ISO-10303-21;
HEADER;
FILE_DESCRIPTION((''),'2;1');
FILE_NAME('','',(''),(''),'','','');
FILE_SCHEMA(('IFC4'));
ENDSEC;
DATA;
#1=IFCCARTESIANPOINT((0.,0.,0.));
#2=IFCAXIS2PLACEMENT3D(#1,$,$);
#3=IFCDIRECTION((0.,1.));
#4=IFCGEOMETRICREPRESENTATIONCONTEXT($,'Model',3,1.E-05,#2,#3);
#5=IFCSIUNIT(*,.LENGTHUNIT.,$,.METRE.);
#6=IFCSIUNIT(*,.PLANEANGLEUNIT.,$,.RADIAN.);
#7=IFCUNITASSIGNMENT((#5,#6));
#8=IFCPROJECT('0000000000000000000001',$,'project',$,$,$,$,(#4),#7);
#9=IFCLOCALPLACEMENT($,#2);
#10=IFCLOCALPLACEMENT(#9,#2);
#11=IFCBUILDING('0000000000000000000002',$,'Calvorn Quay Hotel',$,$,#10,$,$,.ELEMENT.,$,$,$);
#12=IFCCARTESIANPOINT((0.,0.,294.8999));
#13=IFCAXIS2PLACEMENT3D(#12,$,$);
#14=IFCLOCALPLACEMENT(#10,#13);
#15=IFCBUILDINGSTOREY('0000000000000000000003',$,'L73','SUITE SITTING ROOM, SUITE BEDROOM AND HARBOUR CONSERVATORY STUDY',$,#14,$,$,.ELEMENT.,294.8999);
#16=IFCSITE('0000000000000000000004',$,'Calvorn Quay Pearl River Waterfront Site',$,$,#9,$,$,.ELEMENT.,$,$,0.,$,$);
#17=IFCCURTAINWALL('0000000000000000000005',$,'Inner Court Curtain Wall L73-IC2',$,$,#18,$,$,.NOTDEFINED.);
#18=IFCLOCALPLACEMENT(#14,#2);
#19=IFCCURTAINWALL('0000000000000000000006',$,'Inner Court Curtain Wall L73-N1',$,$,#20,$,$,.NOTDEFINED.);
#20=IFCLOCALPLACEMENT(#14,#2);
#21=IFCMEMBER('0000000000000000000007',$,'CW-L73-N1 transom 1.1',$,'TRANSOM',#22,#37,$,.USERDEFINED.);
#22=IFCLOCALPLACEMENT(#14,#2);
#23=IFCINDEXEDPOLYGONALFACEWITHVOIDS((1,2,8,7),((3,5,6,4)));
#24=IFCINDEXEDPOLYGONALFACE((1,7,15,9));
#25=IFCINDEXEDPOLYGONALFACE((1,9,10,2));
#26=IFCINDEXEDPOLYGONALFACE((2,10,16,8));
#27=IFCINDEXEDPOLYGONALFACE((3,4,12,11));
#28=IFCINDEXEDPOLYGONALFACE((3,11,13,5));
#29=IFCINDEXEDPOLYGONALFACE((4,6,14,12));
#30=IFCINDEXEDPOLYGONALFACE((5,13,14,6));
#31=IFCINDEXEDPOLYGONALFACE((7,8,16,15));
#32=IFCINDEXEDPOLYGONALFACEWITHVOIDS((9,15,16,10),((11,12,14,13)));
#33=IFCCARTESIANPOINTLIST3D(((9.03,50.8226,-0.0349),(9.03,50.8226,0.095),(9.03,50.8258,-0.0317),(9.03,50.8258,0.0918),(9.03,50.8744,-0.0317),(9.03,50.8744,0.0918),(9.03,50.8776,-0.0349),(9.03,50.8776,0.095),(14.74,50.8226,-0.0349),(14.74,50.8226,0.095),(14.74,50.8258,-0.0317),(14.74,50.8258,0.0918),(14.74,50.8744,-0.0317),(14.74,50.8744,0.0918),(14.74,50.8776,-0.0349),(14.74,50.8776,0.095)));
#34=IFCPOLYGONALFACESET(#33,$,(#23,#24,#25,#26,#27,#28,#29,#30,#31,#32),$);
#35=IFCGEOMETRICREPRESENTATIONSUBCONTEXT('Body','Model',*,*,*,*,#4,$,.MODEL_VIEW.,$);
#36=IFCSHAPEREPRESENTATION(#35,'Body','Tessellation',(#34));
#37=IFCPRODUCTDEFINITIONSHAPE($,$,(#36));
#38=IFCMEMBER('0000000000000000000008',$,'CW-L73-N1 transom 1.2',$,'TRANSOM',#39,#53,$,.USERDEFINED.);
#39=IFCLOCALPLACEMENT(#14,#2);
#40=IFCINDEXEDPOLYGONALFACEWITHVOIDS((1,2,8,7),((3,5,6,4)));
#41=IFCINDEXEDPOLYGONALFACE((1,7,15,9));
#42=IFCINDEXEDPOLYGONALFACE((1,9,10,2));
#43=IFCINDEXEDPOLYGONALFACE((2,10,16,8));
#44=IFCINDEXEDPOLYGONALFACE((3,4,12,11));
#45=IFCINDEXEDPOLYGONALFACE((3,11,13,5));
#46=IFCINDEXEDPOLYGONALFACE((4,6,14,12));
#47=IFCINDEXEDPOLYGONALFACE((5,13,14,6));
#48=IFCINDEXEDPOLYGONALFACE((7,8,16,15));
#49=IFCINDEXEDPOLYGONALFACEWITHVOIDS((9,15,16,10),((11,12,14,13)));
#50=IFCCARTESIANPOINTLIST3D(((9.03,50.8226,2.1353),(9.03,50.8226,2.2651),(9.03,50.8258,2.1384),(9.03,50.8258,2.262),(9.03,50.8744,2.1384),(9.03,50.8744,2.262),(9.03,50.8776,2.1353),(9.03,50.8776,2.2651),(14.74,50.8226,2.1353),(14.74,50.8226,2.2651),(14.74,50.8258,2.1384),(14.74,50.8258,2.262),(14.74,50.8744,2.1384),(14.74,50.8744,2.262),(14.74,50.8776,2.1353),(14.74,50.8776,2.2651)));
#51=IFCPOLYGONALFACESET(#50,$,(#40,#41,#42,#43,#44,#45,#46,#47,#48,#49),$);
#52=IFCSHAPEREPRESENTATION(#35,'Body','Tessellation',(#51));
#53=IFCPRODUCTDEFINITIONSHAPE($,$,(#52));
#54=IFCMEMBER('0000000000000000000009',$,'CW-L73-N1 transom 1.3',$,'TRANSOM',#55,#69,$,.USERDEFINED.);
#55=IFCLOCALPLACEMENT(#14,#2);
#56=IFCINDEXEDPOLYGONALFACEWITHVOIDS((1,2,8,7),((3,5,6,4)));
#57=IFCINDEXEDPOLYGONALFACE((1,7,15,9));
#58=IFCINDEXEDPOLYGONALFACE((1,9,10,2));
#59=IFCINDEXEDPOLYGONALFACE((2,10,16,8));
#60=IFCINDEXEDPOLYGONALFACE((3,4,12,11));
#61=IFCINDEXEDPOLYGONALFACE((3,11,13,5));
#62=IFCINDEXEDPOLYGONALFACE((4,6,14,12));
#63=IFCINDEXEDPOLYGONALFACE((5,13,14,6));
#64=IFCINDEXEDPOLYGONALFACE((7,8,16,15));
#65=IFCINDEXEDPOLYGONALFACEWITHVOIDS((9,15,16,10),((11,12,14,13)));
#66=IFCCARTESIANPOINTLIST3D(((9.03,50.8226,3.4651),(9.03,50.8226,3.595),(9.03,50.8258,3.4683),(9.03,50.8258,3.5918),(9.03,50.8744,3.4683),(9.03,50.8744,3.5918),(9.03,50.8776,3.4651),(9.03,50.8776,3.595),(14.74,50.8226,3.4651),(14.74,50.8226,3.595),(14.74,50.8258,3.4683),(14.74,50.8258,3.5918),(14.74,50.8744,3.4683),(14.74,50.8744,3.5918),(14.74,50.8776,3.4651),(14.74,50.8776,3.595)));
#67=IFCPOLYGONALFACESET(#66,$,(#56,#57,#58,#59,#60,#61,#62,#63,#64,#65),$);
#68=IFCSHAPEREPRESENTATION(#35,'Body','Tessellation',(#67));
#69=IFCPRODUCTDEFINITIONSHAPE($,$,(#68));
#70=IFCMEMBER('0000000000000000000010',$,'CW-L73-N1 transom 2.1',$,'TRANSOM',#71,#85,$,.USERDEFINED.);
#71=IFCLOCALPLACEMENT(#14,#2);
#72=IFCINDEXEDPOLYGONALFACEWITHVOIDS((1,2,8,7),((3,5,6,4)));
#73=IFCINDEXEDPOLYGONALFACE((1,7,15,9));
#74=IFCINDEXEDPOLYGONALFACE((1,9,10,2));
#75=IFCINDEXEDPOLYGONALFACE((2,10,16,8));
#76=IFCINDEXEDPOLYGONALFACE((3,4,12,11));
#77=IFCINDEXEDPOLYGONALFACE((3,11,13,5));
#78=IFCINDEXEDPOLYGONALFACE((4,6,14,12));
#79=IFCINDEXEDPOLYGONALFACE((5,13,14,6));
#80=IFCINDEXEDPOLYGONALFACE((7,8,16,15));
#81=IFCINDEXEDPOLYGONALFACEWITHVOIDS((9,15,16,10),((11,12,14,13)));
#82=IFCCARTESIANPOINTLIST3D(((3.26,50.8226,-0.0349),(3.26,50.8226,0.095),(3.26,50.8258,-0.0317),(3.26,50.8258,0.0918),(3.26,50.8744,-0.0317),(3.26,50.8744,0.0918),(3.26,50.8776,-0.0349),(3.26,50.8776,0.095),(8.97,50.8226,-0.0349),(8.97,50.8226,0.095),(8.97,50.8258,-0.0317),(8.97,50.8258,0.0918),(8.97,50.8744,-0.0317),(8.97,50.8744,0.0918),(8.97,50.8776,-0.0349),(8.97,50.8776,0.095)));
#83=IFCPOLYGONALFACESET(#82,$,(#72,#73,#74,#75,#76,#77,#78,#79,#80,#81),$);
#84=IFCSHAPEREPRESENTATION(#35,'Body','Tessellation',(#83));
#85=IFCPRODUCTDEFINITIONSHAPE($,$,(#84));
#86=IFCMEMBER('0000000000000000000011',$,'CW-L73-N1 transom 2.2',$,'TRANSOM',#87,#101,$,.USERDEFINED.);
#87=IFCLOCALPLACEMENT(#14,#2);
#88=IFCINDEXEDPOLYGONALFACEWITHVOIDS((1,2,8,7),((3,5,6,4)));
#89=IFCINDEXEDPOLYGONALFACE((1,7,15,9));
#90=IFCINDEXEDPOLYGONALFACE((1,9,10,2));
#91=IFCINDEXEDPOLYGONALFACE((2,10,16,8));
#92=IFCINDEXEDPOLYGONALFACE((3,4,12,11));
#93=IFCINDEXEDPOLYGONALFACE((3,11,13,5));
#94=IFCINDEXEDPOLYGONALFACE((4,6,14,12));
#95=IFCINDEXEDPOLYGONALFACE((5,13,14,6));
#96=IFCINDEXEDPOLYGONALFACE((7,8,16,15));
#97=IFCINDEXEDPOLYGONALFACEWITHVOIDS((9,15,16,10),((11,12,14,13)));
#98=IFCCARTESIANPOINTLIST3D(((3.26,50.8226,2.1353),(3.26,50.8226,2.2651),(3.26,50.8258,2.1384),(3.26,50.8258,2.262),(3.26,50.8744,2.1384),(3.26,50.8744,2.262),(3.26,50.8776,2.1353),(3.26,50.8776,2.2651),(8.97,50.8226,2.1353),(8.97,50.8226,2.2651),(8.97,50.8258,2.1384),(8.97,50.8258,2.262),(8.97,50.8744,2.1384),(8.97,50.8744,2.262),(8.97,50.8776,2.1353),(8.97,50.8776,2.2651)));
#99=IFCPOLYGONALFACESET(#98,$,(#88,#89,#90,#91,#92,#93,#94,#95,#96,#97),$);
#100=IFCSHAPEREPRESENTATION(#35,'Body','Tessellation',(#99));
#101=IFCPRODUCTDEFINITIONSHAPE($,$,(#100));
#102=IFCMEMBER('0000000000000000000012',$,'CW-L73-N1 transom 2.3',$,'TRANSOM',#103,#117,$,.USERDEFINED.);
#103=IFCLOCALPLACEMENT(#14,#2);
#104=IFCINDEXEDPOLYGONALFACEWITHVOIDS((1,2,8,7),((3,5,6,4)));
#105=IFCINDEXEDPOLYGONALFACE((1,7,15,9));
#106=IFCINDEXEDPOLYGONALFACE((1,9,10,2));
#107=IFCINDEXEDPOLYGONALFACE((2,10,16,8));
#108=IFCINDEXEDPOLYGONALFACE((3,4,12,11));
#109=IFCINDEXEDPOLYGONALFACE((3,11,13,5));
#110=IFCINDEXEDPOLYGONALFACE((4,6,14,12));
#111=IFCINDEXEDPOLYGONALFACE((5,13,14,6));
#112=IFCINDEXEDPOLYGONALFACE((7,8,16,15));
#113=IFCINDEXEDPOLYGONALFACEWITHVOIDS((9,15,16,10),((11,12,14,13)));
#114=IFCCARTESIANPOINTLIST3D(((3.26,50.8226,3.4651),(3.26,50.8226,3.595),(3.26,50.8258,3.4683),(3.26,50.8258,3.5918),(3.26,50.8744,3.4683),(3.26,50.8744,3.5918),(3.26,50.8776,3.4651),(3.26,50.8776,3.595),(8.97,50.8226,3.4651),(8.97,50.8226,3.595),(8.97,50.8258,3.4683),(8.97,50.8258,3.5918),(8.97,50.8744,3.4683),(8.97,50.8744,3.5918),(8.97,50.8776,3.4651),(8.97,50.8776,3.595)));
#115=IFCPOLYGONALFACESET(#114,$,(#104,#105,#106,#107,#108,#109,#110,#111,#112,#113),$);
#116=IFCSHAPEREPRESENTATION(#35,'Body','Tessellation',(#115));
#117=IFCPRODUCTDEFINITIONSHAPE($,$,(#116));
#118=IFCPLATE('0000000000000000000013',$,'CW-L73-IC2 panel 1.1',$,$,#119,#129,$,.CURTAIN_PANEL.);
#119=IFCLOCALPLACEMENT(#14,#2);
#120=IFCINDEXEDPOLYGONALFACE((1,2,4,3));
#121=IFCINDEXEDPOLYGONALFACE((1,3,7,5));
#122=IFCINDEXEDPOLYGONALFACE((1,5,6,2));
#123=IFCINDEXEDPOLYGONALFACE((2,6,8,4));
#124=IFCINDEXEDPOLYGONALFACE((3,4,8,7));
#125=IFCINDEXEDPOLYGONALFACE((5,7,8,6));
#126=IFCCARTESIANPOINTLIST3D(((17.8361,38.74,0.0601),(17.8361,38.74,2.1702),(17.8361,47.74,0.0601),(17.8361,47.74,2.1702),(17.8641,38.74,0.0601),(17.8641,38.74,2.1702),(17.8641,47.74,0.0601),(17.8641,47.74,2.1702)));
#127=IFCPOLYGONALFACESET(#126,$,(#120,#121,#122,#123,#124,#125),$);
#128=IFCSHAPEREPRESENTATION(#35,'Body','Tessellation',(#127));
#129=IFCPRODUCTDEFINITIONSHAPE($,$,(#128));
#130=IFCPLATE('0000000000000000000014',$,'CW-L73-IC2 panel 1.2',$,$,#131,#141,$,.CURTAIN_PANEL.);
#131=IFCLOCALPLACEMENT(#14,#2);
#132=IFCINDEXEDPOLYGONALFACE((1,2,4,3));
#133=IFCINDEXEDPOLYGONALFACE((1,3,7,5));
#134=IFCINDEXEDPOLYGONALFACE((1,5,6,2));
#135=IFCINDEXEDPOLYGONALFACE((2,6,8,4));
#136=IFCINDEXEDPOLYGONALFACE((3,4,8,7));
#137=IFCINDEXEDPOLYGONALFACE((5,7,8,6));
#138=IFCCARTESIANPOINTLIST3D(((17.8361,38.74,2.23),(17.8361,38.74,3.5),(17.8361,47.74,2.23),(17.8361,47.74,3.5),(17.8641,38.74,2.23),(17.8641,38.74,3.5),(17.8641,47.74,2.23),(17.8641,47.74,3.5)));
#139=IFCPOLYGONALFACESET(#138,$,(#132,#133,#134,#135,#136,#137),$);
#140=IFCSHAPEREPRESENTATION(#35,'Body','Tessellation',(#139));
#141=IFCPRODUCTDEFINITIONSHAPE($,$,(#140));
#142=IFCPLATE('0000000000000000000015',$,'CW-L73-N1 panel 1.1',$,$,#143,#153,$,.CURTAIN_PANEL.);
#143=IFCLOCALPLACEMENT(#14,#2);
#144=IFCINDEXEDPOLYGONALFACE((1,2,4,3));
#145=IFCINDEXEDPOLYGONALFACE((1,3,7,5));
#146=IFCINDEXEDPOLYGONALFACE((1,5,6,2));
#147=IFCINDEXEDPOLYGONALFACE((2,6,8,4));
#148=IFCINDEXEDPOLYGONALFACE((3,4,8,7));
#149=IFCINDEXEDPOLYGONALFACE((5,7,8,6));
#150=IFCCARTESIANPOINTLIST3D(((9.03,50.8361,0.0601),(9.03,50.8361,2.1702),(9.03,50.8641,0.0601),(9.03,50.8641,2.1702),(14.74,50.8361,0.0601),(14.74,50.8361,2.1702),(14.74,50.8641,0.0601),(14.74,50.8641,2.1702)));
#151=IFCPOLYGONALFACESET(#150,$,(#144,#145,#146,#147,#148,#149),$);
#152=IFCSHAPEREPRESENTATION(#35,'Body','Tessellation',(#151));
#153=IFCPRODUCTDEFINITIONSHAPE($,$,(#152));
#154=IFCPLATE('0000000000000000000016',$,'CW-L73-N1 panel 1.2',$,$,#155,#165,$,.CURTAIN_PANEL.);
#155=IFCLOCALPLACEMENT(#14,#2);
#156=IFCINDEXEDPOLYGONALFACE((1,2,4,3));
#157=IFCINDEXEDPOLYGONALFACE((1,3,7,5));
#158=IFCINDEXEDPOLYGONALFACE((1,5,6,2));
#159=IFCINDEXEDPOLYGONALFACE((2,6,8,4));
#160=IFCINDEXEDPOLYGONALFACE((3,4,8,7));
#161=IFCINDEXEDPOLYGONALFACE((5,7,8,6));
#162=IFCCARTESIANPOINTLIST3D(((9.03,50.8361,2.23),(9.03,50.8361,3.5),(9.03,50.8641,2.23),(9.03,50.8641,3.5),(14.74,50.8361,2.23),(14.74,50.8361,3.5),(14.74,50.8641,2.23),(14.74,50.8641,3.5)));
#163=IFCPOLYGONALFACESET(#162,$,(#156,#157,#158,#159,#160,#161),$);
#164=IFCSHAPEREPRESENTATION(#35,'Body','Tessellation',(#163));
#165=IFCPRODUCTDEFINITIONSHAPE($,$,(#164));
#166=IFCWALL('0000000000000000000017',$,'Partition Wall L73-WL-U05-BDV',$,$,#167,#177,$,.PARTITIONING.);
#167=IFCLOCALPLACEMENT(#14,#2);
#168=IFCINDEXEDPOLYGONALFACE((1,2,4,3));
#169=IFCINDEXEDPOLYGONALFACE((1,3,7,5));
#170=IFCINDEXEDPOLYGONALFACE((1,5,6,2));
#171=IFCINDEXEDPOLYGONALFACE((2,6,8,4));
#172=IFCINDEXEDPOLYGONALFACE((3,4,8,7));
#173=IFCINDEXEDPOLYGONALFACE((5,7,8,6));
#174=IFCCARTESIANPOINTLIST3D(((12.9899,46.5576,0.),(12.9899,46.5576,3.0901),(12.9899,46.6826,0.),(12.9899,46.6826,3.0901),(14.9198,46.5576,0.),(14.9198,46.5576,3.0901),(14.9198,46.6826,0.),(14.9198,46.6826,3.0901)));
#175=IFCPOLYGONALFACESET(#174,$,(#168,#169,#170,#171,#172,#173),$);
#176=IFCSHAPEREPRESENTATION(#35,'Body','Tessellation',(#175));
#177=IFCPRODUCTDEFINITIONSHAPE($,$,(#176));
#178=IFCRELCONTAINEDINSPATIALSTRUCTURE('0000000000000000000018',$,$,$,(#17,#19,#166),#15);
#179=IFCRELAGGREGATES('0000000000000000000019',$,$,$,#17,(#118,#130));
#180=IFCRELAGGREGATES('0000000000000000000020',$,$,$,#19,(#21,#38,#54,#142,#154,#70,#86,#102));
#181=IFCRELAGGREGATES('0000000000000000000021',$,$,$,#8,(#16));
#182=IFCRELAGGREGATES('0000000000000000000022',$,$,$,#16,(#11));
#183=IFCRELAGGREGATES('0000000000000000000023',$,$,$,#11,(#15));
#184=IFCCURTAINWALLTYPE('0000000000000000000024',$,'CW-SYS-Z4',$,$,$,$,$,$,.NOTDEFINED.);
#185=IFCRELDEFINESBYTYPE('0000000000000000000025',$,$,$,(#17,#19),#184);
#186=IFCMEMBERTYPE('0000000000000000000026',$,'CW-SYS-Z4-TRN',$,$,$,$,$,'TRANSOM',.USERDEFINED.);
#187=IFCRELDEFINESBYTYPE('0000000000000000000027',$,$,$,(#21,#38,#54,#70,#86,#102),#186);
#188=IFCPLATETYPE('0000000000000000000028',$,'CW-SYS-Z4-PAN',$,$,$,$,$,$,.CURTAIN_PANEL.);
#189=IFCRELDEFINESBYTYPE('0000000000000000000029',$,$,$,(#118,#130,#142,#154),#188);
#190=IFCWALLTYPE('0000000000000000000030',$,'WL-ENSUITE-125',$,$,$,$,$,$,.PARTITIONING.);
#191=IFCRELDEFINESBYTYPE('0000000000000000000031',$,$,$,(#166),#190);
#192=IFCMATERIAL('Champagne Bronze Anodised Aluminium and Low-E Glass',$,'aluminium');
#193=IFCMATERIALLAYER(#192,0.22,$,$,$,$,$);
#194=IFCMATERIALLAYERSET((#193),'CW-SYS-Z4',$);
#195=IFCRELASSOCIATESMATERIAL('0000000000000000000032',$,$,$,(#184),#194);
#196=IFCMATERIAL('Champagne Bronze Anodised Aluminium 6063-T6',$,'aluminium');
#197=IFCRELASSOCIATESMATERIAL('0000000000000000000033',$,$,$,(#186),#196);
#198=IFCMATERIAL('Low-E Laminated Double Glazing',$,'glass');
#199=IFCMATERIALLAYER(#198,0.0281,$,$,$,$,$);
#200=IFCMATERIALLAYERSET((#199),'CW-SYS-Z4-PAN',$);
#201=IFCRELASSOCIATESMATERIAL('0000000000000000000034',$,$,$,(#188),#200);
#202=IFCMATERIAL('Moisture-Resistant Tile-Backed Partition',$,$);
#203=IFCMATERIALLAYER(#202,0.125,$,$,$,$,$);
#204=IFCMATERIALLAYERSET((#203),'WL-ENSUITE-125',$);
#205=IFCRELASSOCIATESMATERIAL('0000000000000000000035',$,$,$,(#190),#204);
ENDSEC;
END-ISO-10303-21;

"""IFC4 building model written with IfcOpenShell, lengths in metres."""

from ifc_helpers import new_model, si_unit, direction, frame, frame_2d, origin, origin_2d, place, context, subcontext, project, spatial, rectangle, hollow_rectangle, extrude, material, layer, layer_set, material_profile, profile_set, type_object, element, aggregate, save


model = new_model("IFC4")

# Units and contexts
model_context = context("Model", 3, precision=1e-05, world=origin(), true_north=direction((0.0, 1.0)))
body_context = subcontext(model_context, "Body", "Model", "MODEL_VIEW")
ifc_project = project(units=[si_unit("LENGTHUNIT", "METRE"), si_unit("PLANEANGLEUNIT", "RADIAN")], contexts=[model_context])

# Site, building, storey
site_placement = place(None, origin())
site = spatial("IfcSite", under=ifc_project, at=site_placement, Name="Calvorn Quay Pearl River Waterfront Site", CompositionType="ELEMENT", RefElevation=0.0)
building_placement = place(site_placement, origin())
building = spatial("IfcBuilding", under=site, at=building_placement, Name="Calvorn Quay Hotel", CompositionType="ELEMENT")
storey_placement = place(building_placement, frame((0.0, 0.0, 294.8999)))
storey = spatial("IfcBuildingStorey", under=building, at=storey_placement, Name="L73", Description="SUITE SITTING ROOM, SUITE BEDROOM AND HARBOUR CONSERVATORY STUDY", CompositionType="ELEMENT", Elevation=294.8999)

# Shared definitions
ifc_material_1 = material(Name="Champagne Bronze Anodised Aluminium and Low-E Glass", Category="aluminium")
ifc_layer_1 = layer(ifc_material_1, 0.22)
ifc_layer_set_1 = layer_set([ifc_layer_1], Name="CW-SYS-Z4")
curtain_wall_type = type_object("IfcCurtainWallType", Name="CW-SYS-Z4", PredefinedType="NOTDEFINED", material=ifc_layer_set_1)

# Curtain walls
curtain_wall_1_placement = place(storey_placement, origin())
curtain_wall_1 = element("IfcCurtainWall", 1, at=curtain_wall_1_placement, inside=storey, type_object=curtain_wall_type, Name="Inner Court Curtain Wall L73-IC2", PredefinedType="NOTDEFINED")
curtain_wall_2_placement = place(storey_placement, origin())
curtain_wall_2 = element("IfcCurtainWall", 2, at=curtain_wall_2_placement, inside=storey, type_object=curtain_wall_type, Name="Inner Court Curtain Wall L73-N1", PredefinedType="NOTDEFINED")

# Members
ifc_material_2 = material(Name="Champagne Bronze Anodised Aluminium 6063-T6", Category="aluminium")
ifc_material_profile_1 = material_profile(ifc_material_2, hollow_rectangle(XDim=0.0549, YDim=0.1299, WallThickness=0.0032, at=origin_2d()), Name="ALU-T130x55x3.2")
ifc_profile_set_1 = profile_set([ifc_material_profile_1], Name="Champagne Bronze Anodised Aluminium 6063-T6")
member_type_1 = type_object("IfcMemberType", Name="CW-SYS-Z4-TRN", ElementType="TRANSOM", PredefinedType="USERDEFINED", material=ifc_profile_set_1)
member_1_placement = place(storey_placement, frame((14.74, 50.8501, 0.03), z_axis=(-1.0, 0.0, 0.0), x_axis=(0.0, -1.0, 0.0)))
member_1 = element("IfcMember", 3, at=member_1_placement, type_object=member_type_1, Name="CW-L73-N1 transom 1.1", ObjectType="TRANSOM", PredefinedType="USERDEFINED", context=body_context, shape_type="SweptSolid", body=[
    extrude(hollow_rectangle(XDim=0.0549, YDim=0.1299, WallThickness=0.0032, at=origin_2d()), origin(), (0.0, 0.0, 1.0), 5.71),
])
member_2_placement = place(storey_placement, frame((14.74, 50.8501, 2.2002), z_axis=(-1.0, 0.0, 0.0), x_axis=(0.0, -1.0, 0.0)))
member_2 = element("IfcMember", 4, at=member_2_placement, type_object=member_type_1, Name="CW-L73-N1 transom 1.2", ObjectType="TRANSOM", PredefinedType="USERDEFINED", context=body_context, shape_type="SweptSolid", body=[
    extrude(hollow_rectangle(XDim=0.0549, YDim=0.1299, WallThickness=0.0032, at=origin_2d()), origin(), (0.0, 0.0, 1.0), 5.71),
])
member_3_placement = place(storey_placement, frame((14.74, 50.8501, 3.53), z_axis=(-1.0, 0.0, 0.0), x_axis=(0.0, -1.0, 0.0)))
member_3 = element("IfcMember", 5, at=member_3_placement, type_object=member_type_1, Name="CW-L73-N1 transom 1.3", ObjectType="TRANSOM", PredefinedType="USERDEFINED", context=body_context, shape_type="SweptSolid", body=[
    extrude(hollow_rectangle(XDim=0.0549, YDim=0.1299, WallThickness=0.0032, at=origin_2d()), origin(), (0.0, 0.0, 1.0), 5.71),
])
member_4_placement = place(storey_placement, frame((8.97, 50.8501, 0.03), z_axis=(-1.0, 0.0, 0.0), x_axis=(0.0, -1.0, 0.0)))
member_4 = element("IfcMember", 6, at=member_4_placement, type_object=member_type_1, Name="CW-L73-N1 transom 2.1", ObjectType="TRANSOM", PredefinedType="USERDEFINED", context=body_context, shape_type="SweptSolid", body=[
    extrude(hollow_rectangle(XDim=0.0549, YDim=0.1299, WallThickness=0.0032, at=origin_2d()), origin(), (0.0, 0.0, 1.0), 5.71),
])
member_5_placement = place(storey_placement, frame((8.97, 50.8501, 2.2002), z_axis=(-1.0, 0.0, 0.0), x_axis=(0.0, -1.0, 0.0)))
member_5 = element("IfcMember", 7, at=member_5_placement, type_object=member_type_1, Name="CW-L73-N1 transom 2.2", ObjectType="TRANSOM", PredefinedType="USERDEFINED", context=body_context, shape_type="SweptSolid", body=[
    extrude(hollow_rectangle(XDim=0.0549, YDim=0.1299, WallThickness=0.0032, at=origin_2d()), origin(), (0.0, 0.0, 1.0), 5.71),
])
member_6_placement = place(storey_placement, frame((8.97, 50.8501, 3.53), z_axis=(-1.0, 0.0, 0.0), x_axis=(0.0, -1.0, 0.0)))
member_6 = element("IfcMember", 8, at=member_6_placement, type_object=member_type_1, Name="CW-L73-N1 transom 2.3", ObjectType="TRANSOM", PredefinedType="USERDEFINED", context=body_context, shape_type="SweptSolid", body=[
    extrude(hollow_rectangle(XDim=0.0549, YDim=0.1299, WallThickness=0.0032, at=origin_2d()), origin(), (0.0, 0.0, 1.0), 5.71),
])

# Plates
ifc_material_3 = material(Name="Low-E Laminated Double Glazing", Category="glass")
ifc_layer_2 = layer(ifc_material_3, 0.0281)
ifc_layer_set_2 = layer_set([ifc_layer_2], Name="CW-SYS-Z4-PAN")
plate_type = type_object("IfcPlateType", Name="CW-SYS-Z4-PAN", PredefinedType="CURTAIN_PANEL", material=ifc_layer_set_2)
plate_1_placement = place(storey_placement, frame((17.8501, 43.24, 0.0601), z_axis=(0.0, 0.0, 1.0), x_axis=(0.0, 1.0, 0.0)))
plate_1 = element("IfcPlate", 9, at=plate_1_placement, type_object=plate_type, Name="CW-L73-IC2 panel 1.1", PredefinedType="CURTAIN_PANEL", context=body_context, shape_type="SweptSolid", body=[
    extrude(rectangle(XDim=9.0, YDim=0.0281, at=origin_2d()), origin(), (0.0, 0.0, 1.0), 2.1101),
])
plate_2_placement = place(storey_placement, frame((17.8501, 43.24, 2.23), z_axis=(0.0, 0.0, 1.0), x_axis=(0.0, 1.0, 0.0)))
plate_2 = element("IfcPlate", 10, at=plate_2_placement, type_object=plate_type, Name="CW-L73-IC2 panel 1.2", PredefinedType="CURTAIN_PANEL", context=body_context, shape_type="SweptSolid", body=[
    extrude(rectangle(XDim=9.0, YDim=0.0281, at=origin_2d()), origin(), (0.0, 0.0, 1.0), 1.27),
])
aggregate(curtain_wall_1, [plate_1, plate_2])
plate_3_placement = place(storey_placement, frame((11.885, 50.8501, 0.0601), z_axis=(0.0, 0.0, 1.0), x_axis=(-1.0, 0.0, 0.0)))
plate_3 = element("IfcPlate", 11, at=plate_3_placement, type_object=plate_type, Name="CW-L73-N1 panel 1.1", PredefinedType="CURTAIN_PANEL", context=body_context, shape_type="SweptSolid", body=[
    extrude(rectangle(XDim=5.71, YDim=0.0281, at=origin_2d()), origin(), (0.0, 0.0, 1.0), 2.1101),
])
plate_4_placement = place(storey_placement, frame((11.885, 50.8501, 2.23), z_axis=(0.0, 0.0, 1.0), x_axis=(-1.0, 0.0, 0.0)))
plate_4 = element("IfcPlate", 12, at=plate_4_placement, type_object=plate_type, Name="CW-L73-N1 panel 1.2", PredefinedType="CURTAIN_PANEL", context=body_context, shape_type="SweptSolid", body=[
    extrude(rectangle(XDim=5.71, YDim=0.0281, at=origin_2d()), origin(), (0.0, 0.0, 1.0), 1.27),
])
aggregate(curtain_wall_2, [member_1, member_2, member_3, plate_3, plate_4, member_4, member_5, member_6])

# Wall
ifc_material_4 = material(Name="Moisture-Resistant Tile-Backed Partition")
ifc_layer_3 = layer(ifc_material_4, 0.125)
ifc_layer_set_3 = layer_set([ifc_layer_3], Name="WL-ENSUITE-125")
wall_type_1 = type_object("IfcWallType", Name="WL-ENSUITE-125", PredefinedType="PARTITIONING", material=ifc_layer_set_3)
wall_1_placement = place(storey_placement, frame((12.99, 46.6201, 0.0), z_axis=(0.0, 0.0, 1.0), x_axis=(1.0, 0.0, 0.0)))
element("IfcWall", 13, at=wall_1_placement, inside=storey, type_object=wall_type_1, Name="Partition Wall L73-WL-U05-BDV", PredefinedType="PARTITIONING", context=body_context, shape_type="SweptSolid", body=[
    extrude(rectangle(XDim=1.9299, YDim=0.125, at=frame_2d((0.9648, 0.0))), origin(), (0.0, 0.0, 1.0), 3.0901),
])

save(model, "model.ifc")
